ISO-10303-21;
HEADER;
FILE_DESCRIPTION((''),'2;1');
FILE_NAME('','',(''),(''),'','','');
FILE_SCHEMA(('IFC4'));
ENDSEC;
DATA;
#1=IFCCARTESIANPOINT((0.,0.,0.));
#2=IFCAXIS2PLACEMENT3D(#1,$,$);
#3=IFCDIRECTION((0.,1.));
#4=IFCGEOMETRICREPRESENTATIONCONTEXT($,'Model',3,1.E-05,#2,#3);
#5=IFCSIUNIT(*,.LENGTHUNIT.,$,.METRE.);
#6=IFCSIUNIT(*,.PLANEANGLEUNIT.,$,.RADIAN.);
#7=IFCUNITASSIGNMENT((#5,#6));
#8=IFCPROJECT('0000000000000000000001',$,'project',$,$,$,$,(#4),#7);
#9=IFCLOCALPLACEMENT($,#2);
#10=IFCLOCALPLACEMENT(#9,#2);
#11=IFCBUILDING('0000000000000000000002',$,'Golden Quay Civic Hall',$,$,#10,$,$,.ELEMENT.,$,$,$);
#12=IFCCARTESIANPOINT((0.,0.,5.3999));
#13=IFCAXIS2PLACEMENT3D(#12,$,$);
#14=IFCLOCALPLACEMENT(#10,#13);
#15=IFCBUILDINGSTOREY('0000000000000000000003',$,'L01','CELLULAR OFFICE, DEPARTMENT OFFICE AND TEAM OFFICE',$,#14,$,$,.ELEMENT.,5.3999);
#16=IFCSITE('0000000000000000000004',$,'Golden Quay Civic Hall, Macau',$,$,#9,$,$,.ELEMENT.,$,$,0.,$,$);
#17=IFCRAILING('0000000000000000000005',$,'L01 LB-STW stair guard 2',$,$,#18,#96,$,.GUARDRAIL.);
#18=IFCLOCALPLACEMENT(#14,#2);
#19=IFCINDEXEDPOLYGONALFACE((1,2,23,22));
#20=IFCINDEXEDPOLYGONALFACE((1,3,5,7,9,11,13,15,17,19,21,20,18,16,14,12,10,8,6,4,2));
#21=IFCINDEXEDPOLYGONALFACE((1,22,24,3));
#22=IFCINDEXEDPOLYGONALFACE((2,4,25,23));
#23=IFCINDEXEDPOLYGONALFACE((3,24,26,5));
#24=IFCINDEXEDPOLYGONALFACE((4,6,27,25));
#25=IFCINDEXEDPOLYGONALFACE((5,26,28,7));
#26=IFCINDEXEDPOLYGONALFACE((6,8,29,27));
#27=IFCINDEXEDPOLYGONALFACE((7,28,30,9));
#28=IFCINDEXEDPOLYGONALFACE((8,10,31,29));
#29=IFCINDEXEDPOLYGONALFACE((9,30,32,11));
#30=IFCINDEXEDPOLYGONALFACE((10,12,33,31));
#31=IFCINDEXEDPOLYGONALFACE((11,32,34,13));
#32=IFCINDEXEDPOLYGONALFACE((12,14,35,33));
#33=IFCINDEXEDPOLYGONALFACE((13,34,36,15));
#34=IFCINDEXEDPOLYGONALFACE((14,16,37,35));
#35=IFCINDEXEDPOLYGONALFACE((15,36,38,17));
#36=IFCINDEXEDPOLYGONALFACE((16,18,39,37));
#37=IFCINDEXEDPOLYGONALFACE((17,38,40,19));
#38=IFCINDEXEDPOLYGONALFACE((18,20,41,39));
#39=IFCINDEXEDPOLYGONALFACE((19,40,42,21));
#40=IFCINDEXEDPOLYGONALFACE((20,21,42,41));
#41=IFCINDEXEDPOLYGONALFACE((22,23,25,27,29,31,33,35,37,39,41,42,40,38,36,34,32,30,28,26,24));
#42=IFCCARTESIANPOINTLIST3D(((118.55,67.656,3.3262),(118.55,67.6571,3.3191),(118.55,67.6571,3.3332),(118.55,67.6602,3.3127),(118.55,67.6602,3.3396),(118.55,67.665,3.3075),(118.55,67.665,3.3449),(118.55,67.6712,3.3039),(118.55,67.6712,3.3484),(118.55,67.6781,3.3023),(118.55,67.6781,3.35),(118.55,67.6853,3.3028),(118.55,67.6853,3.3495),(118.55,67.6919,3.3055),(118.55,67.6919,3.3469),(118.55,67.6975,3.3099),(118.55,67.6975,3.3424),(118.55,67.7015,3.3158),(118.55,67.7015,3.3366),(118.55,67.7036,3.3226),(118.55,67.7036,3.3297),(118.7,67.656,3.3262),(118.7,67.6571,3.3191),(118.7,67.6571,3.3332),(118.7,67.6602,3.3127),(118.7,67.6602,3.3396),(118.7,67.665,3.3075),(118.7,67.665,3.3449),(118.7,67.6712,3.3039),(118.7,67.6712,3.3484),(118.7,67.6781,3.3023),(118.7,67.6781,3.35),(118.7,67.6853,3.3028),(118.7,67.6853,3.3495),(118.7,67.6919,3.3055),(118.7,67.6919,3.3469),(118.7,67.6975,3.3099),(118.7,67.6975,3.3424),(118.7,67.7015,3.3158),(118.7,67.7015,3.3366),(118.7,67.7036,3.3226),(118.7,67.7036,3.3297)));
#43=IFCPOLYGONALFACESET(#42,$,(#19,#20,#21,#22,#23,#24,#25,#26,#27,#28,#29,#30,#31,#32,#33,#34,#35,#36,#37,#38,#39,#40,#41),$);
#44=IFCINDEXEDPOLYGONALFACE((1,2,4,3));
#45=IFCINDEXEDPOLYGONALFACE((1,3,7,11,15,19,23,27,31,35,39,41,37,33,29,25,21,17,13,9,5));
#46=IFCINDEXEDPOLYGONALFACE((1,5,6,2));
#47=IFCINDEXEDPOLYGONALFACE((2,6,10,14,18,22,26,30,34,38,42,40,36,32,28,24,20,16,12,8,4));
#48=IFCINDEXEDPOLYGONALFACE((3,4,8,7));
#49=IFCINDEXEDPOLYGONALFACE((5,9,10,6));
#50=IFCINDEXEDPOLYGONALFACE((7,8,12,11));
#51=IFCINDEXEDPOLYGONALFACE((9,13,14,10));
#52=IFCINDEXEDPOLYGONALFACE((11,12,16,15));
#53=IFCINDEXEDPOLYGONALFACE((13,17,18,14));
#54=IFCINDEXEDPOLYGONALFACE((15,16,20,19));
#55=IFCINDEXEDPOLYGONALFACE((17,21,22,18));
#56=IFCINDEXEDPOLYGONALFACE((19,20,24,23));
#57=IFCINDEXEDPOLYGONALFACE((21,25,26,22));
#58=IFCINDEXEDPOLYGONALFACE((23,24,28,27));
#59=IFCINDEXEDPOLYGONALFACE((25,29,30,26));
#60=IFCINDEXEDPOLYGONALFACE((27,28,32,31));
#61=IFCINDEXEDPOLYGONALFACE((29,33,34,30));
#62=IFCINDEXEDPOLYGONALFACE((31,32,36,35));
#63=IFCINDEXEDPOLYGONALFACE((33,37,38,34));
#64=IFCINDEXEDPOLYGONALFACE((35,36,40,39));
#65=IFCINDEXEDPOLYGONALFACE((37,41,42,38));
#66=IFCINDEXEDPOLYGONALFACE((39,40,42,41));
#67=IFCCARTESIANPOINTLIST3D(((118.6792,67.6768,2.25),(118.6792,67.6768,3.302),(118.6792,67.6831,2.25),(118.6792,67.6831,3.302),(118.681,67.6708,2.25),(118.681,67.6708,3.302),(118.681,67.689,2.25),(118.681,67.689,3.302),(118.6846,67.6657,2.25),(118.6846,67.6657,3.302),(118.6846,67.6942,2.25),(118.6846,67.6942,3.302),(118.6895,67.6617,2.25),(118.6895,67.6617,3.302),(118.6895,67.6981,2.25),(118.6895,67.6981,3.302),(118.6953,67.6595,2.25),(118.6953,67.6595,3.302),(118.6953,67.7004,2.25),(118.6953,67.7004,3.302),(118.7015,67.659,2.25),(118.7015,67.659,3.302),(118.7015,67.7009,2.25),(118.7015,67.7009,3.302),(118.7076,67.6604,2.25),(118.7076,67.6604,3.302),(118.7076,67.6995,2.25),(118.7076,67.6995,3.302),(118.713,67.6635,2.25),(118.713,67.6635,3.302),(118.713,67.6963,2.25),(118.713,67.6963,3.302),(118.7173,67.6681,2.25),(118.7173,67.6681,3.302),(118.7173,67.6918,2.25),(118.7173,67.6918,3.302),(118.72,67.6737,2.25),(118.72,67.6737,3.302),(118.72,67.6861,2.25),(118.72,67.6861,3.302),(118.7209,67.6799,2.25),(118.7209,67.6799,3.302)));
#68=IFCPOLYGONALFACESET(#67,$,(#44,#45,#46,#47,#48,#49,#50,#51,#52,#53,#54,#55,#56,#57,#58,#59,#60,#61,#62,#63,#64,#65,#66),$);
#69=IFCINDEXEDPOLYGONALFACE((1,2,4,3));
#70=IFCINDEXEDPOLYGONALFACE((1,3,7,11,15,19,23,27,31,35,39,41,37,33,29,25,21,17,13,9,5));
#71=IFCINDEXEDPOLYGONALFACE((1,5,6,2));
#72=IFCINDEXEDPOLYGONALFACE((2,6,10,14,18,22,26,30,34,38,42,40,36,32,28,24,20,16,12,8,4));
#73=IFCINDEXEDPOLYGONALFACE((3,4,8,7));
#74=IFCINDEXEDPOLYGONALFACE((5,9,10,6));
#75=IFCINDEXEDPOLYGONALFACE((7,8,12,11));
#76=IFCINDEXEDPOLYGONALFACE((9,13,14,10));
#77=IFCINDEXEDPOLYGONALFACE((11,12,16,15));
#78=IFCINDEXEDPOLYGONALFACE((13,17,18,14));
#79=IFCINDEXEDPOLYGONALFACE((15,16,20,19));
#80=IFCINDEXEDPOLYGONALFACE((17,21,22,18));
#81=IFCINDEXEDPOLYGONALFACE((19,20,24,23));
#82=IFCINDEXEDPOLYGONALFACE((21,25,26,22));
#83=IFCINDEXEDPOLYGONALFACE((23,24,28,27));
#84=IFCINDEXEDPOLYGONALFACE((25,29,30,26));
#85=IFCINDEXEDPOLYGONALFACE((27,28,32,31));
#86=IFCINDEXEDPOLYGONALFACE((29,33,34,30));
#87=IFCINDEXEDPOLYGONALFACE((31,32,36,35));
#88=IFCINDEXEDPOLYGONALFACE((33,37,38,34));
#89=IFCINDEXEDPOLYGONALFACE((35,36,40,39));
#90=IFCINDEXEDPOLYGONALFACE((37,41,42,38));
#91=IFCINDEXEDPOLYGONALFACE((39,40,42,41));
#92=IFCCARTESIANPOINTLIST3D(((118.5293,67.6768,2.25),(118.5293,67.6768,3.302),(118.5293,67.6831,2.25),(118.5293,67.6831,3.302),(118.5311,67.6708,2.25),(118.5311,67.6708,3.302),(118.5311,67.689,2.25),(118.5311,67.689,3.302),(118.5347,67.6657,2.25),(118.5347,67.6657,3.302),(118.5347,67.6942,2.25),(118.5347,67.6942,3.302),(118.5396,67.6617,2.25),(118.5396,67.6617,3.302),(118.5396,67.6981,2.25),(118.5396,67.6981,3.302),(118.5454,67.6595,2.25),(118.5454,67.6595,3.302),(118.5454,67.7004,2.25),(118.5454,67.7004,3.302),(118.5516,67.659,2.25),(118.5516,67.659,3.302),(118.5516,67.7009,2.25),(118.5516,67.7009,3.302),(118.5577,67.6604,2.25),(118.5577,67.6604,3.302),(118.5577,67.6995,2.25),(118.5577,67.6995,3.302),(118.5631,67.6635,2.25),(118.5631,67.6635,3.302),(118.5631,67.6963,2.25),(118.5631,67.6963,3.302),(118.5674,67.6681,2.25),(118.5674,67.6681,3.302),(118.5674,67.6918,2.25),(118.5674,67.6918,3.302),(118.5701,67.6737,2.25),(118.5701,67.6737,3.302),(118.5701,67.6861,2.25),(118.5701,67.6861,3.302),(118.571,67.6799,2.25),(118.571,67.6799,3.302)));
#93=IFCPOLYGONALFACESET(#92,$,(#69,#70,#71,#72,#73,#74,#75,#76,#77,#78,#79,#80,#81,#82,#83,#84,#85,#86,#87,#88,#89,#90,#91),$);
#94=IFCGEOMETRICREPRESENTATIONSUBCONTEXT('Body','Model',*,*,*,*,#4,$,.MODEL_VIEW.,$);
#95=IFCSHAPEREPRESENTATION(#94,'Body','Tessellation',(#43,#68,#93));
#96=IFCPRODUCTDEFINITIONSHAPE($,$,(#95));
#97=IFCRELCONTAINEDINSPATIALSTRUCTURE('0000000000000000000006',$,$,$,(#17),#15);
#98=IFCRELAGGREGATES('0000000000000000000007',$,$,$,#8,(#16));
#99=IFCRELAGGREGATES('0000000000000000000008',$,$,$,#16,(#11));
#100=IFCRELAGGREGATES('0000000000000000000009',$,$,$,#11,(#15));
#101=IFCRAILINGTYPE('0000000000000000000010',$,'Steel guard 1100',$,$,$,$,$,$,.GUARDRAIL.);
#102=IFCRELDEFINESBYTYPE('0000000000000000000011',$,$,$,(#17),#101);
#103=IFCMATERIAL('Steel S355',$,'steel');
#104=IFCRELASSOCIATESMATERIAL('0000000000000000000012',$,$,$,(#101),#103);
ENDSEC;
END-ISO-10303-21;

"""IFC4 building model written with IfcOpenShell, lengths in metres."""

from ifc_helpers import new_model, si_unit, direction, frame, origin, origin_2d, place, context, subcontext, project, spatial, circle, extrude, material, type_object, element, save


model = new_model("IFC4")

# Units and contexts
model_context = context("Model", 3, precision=1e-05, world=origin(), true_north=direction((0.0, 1.0)))
body_context = subcontext(model_context, "Body", "Model", "MODEL_VIEW")
ifc_project = project(units=[si_unit("LENGTHUNIT", "METRE"), si_unit("PLANEANGLEUNIT", "RADIAN")], contexts=[model_context])

# Site, building, storey
site_placement = place(None, origin())
site = spatial("IfcSite", under=ifc_project, at=site_placement, Name="Golden Quay Civic Hall, Macau", CompositionType="ELEMENT", RefElevation=0.0)
building_placement = place(site_placement, origin())
building = spatial("IfcBuilding", under=site, at=building_placement, Name="Golden Quay Civic Hall", CompositionType="ELEMENT")
storey_placement = place(building_placement, frame((0.0, 0.0, 5.3999)))
storey = spatial("IfcBuildingStorey", under=building, at=storey_placement, Name="L01", Description="CELLULAR OFFICE, DEPARTMENT OFFICE AND TEAM OFFICE", CompositionType="ELEMENT", Elevation=5.3999)

# Railing
ifc_material_1 = material(Name="Steel S355", Category="steel")
railing_type_1 = type_object("IfcRailingType", Name="Steel guard 1100", PredefinedType="GUARDRAIL", material=ifc_material_1)
railing_1_placement = place(storey_placement, frame((118.7, 67.6799, 2.25)))
element("IfcRailing", 1, at=railing_1_placement, inside=storey, type_object=railing_type_1, Name="L01 LB-STW stair guard 2", PredefinedType="GUARDRAIL", context=body_context, shape_type="SweptSolid", body=[
    extrude(circle(Radius=0.0239, at=origin_2d()), frame((0.0, 0.0, 1.0762), z_axis=(-1.0, 0.0, 0.0), x_axis=(0.0, -1.0, 0.0)), (0.0, 0.0, 1.0), 0.1499),
    extrude(circle(Radius=0.021, at=origin_2d()), origin(), (0.0, 0.0, 1.0), 1.052),
    extrude(circle(Radius=0.021, at=origin_2d()), frame((-0.1499, 0.0, 0.0)), (0.0, 0.0, 1.0), 1.052),
])

save(model, "model.ifc")
